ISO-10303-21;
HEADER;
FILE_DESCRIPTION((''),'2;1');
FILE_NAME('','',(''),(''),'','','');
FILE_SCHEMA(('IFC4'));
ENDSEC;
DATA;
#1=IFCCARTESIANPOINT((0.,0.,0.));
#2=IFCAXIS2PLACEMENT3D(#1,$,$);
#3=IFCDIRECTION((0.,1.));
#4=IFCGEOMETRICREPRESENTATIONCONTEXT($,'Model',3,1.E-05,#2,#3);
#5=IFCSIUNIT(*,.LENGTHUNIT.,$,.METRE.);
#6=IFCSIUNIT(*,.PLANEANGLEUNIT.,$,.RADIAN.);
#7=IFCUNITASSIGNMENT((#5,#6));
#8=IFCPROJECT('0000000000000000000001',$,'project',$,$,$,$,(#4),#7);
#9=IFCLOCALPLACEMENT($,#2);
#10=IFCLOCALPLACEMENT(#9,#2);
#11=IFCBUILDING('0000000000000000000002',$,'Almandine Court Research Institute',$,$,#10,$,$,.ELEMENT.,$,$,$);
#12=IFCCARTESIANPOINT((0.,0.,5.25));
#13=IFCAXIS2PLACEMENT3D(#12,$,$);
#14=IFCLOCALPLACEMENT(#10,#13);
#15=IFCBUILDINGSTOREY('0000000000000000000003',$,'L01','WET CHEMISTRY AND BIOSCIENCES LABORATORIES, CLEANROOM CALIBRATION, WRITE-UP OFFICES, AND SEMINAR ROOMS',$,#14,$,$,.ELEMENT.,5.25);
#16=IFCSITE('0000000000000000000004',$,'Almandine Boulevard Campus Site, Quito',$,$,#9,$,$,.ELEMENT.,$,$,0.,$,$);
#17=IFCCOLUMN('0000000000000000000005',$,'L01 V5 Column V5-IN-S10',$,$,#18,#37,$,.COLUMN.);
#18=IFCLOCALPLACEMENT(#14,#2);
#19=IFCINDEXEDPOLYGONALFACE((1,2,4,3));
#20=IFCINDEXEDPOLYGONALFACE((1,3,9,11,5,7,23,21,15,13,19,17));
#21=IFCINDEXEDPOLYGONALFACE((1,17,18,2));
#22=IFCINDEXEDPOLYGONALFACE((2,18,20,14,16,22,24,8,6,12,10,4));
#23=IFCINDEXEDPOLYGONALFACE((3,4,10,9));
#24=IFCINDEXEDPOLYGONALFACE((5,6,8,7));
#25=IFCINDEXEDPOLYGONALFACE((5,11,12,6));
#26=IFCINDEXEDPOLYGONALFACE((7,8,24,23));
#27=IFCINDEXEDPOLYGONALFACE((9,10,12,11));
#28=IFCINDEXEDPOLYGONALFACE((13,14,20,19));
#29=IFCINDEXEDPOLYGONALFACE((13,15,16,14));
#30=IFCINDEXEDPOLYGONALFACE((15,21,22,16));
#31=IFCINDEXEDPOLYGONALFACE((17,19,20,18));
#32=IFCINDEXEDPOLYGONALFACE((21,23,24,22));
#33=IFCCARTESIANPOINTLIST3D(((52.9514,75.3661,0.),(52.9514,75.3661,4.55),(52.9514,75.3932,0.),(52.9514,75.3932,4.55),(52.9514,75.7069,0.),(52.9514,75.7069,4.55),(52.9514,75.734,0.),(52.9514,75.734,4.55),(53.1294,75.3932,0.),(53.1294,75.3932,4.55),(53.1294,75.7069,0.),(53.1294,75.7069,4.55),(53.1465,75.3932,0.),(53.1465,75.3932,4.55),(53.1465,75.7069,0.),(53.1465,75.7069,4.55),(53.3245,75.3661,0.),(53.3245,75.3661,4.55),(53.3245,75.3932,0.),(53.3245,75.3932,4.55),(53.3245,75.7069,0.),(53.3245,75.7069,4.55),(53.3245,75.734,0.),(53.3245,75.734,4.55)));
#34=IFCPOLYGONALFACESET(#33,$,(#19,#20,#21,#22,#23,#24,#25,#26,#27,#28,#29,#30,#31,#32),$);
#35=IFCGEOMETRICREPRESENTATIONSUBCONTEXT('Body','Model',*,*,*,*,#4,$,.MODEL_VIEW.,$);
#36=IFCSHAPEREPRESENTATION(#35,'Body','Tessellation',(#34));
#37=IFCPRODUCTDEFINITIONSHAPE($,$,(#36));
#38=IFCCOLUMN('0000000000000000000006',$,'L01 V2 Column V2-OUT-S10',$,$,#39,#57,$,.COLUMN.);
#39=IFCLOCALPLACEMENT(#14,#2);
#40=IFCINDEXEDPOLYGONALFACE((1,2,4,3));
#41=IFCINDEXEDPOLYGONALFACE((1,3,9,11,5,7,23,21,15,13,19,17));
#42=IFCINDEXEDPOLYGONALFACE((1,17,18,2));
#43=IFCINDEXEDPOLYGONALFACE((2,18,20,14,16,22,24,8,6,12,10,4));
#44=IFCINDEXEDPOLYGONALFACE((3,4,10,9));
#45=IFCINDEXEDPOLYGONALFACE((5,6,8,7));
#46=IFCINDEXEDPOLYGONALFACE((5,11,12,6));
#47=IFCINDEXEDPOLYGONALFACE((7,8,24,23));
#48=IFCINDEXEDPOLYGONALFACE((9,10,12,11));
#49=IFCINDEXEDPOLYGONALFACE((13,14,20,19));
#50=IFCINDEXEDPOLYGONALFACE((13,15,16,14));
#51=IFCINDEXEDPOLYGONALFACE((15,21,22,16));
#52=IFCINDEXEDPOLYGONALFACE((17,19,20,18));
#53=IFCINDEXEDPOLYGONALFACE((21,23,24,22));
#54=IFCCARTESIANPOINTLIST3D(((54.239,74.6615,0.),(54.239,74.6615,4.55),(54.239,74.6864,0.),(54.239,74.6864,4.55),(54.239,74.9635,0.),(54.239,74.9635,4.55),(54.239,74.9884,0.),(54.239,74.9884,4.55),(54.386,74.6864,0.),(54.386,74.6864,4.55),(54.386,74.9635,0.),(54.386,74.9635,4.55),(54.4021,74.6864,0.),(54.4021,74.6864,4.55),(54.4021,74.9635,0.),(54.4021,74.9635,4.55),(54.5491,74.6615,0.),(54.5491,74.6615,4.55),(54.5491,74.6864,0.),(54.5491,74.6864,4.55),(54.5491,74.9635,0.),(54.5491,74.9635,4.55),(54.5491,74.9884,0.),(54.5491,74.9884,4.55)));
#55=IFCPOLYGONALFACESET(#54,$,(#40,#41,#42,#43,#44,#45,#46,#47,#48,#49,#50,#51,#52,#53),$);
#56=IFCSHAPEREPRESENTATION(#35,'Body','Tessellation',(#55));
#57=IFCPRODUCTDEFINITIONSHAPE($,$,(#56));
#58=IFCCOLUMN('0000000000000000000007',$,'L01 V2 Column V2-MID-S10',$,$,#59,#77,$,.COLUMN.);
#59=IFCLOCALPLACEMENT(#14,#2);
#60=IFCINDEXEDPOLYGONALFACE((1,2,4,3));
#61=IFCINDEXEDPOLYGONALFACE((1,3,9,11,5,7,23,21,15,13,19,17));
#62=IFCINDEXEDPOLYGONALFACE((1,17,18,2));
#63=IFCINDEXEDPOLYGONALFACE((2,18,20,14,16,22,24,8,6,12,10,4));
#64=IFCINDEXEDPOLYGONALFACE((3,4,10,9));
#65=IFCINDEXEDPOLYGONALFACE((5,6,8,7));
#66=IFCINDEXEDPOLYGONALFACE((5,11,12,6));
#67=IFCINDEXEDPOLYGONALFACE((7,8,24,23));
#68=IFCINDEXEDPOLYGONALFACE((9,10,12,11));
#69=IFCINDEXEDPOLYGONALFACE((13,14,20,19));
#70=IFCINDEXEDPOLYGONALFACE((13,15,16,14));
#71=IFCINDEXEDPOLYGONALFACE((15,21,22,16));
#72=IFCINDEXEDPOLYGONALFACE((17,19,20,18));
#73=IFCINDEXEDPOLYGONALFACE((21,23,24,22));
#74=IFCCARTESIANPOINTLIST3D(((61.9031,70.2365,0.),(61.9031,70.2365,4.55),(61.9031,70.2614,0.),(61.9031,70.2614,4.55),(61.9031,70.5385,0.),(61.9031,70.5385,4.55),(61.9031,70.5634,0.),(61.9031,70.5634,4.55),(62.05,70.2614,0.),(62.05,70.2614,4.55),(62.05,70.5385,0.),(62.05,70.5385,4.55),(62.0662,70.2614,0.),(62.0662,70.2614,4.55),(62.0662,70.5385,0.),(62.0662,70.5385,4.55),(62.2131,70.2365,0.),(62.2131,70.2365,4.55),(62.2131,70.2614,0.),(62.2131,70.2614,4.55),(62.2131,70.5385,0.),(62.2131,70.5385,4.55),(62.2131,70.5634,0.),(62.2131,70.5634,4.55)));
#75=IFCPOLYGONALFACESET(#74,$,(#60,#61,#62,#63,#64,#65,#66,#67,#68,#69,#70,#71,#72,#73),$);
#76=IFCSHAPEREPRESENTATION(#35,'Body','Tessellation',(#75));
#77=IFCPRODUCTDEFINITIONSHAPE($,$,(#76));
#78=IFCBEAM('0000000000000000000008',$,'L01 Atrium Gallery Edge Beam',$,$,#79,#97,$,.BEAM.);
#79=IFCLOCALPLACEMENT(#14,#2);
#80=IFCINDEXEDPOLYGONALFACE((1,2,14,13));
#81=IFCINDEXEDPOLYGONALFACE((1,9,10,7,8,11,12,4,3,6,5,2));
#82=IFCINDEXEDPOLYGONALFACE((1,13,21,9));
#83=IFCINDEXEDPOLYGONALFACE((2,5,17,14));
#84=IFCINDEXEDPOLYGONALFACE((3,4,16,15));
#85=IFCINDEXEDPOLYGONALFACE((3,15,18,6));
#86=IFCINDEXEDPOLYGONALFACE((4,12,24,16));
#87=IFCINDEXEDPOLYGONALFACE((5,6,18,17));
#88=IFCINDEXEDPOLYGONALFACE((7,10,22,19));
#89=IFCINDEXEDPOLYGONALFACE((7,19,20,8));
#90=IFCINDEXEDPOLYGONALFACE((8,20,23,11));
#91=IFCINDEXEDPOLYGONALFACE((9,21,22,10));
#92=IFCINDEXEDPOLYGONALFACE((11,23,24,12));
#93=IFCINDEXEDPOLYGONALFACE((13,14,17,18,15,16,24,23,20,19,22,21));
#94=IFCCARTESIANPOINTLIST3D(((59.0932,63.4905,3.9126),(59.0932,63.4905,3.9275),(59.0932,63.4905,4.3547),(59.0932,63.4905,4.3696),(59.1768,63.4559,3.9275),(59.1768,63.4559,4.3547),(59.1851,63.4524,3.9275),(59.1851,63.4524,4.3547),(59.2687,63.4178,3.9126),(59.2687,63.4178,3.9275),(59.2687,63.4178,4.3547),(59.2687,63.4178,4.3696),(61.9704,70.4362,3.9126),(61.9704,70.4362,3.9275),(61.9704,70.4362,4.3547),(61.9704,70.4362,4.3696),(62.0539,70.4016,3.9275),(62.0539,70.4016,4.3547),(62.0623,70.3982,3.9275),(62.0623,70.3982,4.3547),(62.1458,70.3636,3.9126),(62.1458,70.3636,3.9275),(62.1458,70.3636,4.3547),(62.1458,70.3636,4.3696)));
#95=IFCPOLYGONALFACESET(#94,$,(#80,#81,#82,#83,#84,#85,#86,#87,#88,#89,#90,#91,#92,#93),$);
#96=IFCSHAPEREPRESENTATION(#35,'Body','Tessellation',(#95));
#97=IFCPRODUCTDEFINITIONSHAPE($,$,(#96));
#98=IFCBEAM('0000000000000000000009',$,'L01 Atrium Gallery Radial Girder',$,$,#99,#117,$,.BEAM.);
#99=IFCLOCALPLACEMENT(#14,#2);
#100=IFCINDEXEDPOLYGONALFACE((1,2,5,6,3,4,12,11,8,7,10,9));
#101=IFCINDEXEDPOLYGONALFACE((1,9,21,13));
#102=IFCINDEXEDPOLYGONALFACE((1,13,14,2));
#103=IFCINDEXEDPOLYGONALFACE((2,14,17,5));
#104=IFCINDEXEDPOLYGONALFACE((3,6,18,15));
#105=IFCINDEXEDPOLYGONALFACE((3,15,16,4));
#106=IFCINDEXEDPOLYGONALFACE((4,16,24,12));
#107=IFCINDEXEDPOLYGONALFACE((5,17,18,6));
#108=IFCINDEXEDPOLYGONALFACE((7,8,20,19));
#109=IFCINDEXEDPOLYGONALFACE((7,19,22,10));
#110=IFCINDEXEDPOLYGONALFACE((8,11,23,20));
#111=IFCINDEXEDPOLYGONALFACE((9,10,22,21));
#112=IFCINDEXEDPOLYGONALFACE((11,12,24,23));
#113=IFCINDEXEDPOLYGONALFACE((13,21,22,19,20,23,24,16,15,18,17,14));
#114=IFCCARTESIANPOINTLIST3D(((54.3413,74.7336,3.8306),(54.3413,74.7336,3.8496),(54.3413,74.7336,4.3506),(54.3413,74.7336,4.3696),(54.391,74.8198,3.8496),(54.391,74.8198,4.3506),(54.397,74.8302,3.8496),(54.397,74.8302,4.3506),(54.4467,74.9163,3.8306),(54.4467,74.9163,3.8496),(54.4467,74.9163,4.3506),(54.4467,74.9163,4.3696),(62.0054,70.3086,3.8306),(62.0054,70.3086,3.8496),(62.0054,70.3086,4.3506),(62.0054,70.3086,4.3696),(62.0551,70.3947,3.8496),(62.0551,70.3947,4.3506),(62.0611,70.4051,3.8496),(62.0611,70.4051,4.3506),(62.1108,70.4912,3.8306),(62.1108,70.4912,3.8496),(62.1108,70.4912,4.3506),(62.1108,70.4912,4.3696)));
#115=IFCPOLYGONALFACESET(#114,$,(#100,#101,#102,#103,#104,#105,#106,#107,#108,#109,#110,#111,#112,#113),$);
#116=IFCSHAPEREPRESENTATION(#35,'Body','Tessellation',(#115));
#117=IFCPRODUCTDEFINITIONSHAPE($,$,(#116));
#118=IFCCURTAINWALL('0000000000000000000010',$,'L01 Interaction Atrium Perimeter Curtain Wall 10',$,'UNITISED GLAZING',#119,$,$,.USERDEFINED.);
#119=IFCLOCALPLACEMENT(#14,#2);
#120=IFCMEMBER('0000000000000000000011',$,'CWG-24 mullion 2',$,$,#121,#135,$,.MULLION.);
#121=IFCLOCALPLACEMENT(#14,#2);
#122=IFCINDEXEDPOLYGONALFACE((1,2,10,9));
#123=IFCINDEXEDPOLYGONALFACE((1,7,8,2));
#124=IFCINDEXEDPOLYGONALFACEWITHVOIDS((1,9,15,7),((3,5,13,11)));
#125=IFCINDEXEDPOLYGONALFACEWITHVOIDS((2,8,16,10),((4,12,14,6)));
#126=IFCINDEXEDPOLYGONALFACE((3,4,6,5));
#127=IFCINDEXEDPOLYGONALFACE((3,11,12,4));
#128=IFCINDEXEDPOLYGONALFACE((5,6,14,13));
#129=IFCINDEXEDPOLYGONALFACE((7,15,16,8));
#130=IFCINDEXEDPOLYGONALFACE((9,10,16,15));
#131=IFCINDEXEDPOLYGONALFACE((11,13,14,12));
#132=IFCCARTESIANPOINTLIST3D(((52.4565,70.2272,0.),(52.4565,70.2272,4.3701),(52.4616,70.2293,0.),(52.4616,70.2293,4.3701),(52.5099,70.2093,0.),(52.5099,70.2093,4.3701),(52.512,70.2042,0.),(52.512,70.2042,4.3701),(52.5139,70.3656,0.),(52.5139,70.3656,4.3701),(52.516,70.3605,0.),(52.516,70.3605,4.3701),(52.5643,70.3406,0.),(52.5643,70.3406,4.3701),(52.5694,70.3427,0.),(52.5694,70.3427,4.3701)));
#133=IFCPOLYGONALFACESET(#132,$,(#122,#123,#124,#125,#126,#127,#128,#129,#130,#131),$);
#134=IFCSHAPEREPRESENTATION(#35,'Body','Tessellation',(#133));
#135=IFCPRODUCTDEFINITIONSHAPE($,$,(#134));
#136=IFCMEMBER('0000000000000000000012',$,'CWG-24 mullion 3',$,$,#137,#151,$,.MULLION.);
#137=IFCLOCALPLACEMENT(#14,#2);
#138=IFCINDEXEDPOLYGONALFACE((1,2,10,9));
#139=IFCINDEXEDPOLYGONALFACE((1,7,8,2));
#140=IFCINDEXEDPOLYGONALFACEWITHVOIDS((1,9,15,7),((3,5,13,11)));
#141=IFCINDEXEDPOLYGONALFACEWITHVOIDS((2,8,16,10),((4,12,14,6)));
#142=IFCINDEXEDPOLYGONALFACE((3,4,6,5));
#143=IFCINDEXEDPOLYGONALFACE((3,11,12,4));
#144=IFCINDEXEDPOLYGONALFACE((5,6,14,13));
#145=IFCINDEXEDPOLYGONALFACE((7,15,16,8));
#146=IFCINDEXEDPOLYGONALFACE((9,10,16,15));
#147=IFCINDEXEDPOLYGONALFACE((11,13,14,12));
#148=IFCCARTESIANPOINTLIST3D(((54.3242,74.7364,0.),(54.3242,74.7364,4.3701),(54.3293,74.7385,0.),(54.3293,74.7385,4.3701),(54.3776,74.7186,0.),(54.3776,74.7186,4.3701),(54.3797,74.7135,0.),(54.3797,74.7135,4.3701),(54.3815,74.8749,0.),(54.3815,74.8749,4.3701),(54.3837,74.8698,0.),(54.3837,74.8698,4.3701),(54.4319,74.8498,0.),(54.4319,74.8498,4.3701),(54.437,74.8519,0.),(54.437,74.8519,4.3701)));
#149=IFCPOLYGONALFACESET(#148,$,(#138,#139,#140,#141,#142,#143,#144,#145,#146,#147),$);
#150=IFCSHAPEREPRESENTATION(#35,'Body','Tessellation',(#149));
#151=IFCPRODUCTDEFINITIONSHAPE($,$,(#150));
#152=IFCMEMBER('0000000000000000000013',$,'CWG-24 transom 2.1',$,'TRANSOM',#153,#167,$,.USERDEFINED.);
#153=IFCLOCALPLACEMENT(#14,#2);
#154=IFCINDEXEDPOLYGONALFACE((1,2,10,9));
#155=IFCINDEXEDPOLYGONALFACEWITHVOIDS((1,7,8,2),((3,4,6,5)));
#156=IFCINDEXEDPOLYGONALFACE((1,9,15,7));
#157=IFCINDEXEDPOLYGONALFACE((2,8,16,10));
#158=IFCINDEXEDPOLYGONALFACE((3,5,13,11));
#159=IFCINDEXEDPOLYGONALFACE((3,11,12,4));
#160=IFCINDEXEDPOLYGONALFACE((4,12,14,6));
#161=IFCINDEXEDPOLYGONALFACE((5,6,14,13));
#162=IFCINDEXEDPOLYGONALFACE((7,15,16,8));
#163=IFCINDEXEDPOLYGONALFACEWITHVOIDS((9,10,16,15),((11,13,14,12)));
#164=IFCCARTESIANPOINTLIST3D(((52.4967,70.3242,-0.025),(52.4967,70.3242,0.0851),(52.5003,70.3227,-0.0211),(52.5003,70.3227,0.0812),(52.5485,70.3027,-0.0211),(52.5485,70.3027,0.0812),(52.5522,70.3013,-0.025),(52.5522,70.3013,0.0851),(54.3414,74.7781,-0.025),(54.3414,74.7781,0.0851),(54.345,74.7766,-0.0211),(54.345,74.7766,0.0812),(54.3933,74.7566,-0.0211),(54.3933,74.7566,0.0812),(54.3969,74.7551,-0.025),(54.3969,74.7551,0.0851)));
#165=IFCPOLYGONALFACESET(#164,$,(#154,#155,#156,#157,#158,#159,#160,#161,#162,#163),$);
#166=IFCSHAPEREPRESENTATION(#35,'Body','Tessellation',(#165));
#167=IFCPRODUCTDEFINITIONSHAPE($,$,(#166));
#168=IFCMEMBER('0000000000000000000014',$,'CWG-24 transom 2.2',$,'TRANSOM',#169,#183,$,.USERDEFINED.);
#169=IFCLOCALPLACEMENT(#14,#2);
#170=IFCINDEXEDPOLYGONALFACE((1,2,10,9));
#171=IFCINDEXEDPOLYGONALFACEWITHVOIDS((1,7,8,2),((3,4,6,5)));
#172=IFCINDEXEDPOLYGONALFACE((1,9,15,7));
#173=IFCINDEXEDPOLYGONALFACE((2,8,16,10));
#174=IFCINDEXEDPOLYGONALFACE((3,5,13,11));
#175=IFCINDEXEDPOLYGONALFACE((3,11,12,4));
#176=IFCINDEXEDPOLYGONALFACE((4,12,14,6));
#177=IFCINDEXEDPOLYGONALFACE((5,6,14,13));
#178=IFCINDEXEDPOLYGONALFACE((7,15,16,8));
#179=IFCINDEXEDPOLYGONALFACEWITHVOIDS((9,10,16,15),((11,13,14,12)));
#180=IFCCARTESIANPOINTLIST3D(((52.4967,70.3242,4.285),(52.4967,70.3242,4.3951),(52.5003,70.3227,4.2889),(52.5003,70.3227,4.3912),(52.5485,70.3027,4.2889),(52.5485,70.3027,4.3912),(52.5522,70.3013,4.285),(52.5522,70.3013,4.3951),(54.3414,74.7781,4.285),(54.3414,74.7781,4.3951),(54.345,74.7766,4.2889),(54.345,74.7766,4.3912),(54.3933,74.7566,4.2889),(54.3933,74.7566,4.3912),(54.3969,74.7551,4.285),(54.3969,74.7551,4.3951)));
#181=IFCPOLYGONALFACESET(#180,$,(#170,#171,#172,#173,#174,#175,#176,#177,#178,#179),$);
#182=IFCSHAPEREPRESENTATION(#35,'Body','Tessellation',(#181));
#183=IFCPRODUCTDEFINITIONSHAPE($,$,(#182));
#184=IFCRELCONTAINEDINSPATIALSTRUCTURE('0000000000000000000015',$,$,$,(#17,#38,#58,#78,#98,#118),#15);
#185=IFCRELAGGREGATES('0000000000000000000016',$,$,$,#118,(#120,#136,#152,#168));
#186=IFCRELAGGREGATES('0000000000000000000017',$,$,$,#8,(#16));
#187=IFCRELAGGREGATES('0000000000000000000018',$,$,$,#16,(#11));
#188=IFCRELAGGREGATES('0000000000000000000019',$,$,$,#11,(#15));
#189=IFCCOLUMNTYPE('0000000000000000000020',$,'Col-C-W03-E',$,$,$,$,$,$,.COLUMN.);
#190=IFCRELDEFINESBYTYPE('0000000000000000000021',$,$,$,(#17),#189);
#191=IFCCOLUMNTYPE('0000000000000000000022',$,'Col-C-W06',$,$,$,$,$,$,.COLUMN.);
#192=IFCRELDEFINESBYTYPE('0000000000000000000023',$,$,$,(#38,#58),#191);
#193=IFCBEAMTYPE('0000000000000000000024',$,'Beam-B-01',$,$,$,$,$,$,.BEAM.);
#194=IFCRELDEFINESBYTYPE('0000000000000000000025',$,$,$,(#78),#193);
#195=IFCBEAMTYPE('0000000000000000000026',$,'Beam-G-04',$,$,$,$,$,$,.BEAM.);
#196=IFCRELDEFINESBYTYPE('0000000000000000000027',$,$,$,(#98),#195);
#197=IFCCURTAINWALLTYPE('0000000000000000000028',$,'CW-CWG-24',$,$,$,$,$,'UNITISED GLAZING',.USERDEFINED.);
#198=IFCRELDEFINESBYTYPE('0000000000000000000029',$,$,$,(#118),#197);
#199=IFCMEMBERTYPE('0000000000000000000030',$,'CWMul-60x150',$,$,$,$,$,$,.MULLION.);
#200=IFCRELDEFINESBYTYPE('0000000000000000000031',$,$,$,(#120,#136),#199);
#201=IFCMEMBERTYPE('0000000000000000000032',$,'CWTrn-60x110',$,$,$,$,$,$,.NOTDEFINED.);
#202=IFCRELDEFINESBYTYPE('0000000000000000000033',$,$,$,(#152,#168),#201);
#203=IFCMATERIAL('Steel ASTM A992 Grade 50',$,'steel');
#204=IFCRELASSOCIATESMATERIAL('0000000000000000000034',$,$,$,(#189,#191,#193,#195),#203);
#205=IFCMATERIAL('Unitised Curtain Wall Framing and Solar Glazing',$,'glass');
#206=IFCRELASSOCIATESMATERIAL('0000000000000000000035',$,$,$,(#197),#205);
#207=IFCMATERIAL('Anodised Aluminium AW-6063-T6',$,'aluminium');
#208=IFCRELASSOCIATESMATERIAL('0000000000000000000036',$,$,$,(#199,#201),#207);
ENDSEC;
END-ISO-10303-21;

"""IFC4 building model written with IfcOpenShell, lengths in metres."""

from ifc_helpers import new_model, si_unit, direction, frame, origin, origin_2d, place, context, subcontext, project, spatial, hollow_rectangle, i_section, extrude, material, material_profile, profile_set, type_object, element, aggregate, save


model = new_model("IFC4")

# Units and contexts
model_context = context("Model", 3, precision=1e-05, world=origin(), true_north=direction((0.0, 1.0)))
body_context = subcontext(model_context, "Body", "Model", "MODEL_VIEW")
ifc_project = project(units=[si_unit("LENGTHUNIT", "METRE"), si_unit("PLANEANGLEUNIT", "RADIAN")], contexts=[model_context])

# Site, building, storey
site_placement = place(None, origin())
site = spatial("IfcSite", under=ifc_project, at=site_placement, Name="Almandine Boulevard Campus Site, Quito", CompositionType="ELEMENT", RefElevation=0.0)
building_placement = place(site_placement, origin())
building = spatial("IfcBuilding", under=site, at=building_placement, Name="Almandine Court Research Institute", CompositionType="ELEMENT")
storey_placement = place(building_placement, frame((0.0, 0.0, 5.25)))
storey = spatial("IfcBuildingStorey", under=building, at=storey_placement, Name="L01", Description="WET CHEMISTRY AND BIOSCIENCES LABORATORIES, CLEANROOM CALIBRATION, WRITE-UP OFFICES, AND SEMINAR ROOMS", CompositionType="ELEMENT", Elevation=5.25)

# Columns
ifc_material_1 = material(Name="Steel ASTM A992 Grade 50", Category="steel")
ifc_material_profile_1 = material_profile(ifc_material_1, i_section(OverallWidth=0.373, OverallDepth=0.3679, WebThickness=0.0171, FlangeThickness=0.0271, at=origin_2d()), Name="W360x179")
ifc_profile_set_1 = profile_set([ifc_material_profile_1], Name="Steel ASTM A992 Grade 50")
column_type_1 = type_object("IfcColumnType", Name="Col-C-W03-E", PredefinedType="COLUMN", material=ifc_profile_set_1)
column_placement = place(storey_placement, frame((53.1379, 75.55, 0.0), z_axis=(0.0, 0.0, 1.0), x_axis=(1.0, 0.0, 0.0)))
element("IfcColumn", 1, at=column_placement, inside=storey, type_object=column_type_1, Name="L01 V5 Column V5-IN-S10", PredefinedType="COLUMN", context=body_context, shape_type="SweptSolid", body=[
    extrude(i_section(OverallWidth=0.373, OverallDepth=0.3679, WebThickness=0.0171, FlangeThickness=0.0271, at=origin_2d()), origin(), (0.0, 0.0, 1.0), 4.55),
])
ifc_material_profile_2 = material_profile(ifc_material_1, i_section(OverallWidth=0.3101, OverallDepth=0.3269, WebThickness=0.0161, FlangeThickness=0.0249, at=origin_2d()), Name="W310x158")
ifc_profile_set_2 = profile_set([ifc_material_profile_2], Name="Steel ASTM A992 Grade 50")
column_type_2 = type_object("IfcColumnType", Name="Col-C-W06", PredefinedType="COLUMN", material=ifc_profile_set_2)
for number, where, z_axis, x_axis, name in (
    (2, (54.394, 74.825, 0.0), (0.0, 0.0, 1.0), (1.0, 0.0, 0.0), "L01 V2 Column V2-OUT-S10"),
    (3, (62.0581, 70.3999, 0.0), (0.0, 0.0, 1.0), (1.0, 0.0, 0.0), "L01 V2 Column V2-MID-S10"),
):
    element("IfcColumn", number, at=place(storey_placement, frame(where, z_axis=z_axis, x_axis=x_axis)), inside=storey, type_object=column_type_2, Name=name, PredefinedType="COLUMN", context=body_context, shape_type="SweptSolid", body=[
        extrude(i_section(OverallWidth=0.3101, OverallDepth=0.3269, WebThickness=0.0161, FlangeThickness=0.0249, at=origin_2d()), origin(), (0.0, 0.0, 1.0), 4.55),
    ])

# Beams
ifc_material_profile_3 = material_profile(ifc_material_1, i_section(OverallWidth=0.1899, OverallDepth=0.457, WebThickness=0.009, FlangeThickness=0.0149, at=origin_2d()), Name="W460x74")
ifc_profile_set_3 = profile_set([ifc_material_profile_3], Name="Steel ASTM A992 Grade 50")
beam_type_1 = type_object("IfcBeamType", Name="Beam-B-01", PredefinedType="BEAM", material=ifc_profile_set_3)
beam_1_placement = place(storey_placement, frame((62.0581, 70.3999, 4.1411), z_axis=(-0.382701, -0.923872, 0.0), x_axis=(0.923872, -0.382701, 0.0)))
element("IfcBeam", 4, at=beam_1_placement, inside=storey, type_object=beam_type_1, Name="L01 Atrium Gallery Edge Beam", PredefinedType="BEAM", context=body_context, shape_type="SweptSolid", body=[
    extrude(i_section(OverallWidth=0.1899, OverallDepth=0.457, WebThickness=0.009, FlangeThickness=0.0149, at=origin_2d()), origin(), (0.0, 0.0, 1.0), 7.5181),
])
ifc_material_profile_4 = material_profile(ifc_material_1, i_section(OverallWidth=0.2109, OverallDepth=0.5391, WebThickness=0.012, FlangeThickness=0.019, at=origin_2d()), Name="W530x109")
ifc_profile_set_4 = profile_set([ifc_material_profile_4], Name="Steel ASTM A992 Grade 50")
beam_type_2 = type_object("IfcBeamType", Name="Beam-G-04", PredefinedType="BEAM", material=ifc_profile_set_4)
beam_2_placement = place(storey_placement, frame((62.0581, 70.3999, 4.1001), z_axis=(-0.866016, 0.500017, 0.0), x_axis=(-0.500017, -0.866016, 0.0)))
element("IfcBeam", 5, at=beam_2_placement, inside=storey, type_object=beam_type_2, Name="L01 Atrium Gallery Radial Girder", PredefinedType="BEAM", context=body_context, shape_type="SweptSolid", body=[
    extrude(i_section(OverallWidth=0.2109, OverallDepth=0.5391, WebThickness=0.012, FlangeThickness=0.019, at=origin_2d()), origin(), (0.0, 0.0, 1.0), 8.8499),
])

# Curtain wall, members
ifc_material_2 = material(Name="Unitised Curtain Wall Framing and Solar Glazing", Category="glass")
curtain_wall_type = type_object("IfcCurtainWallType", Name="CW-CWG-24", ElementType="UNITISED GLAZING", PredefinedType="USERDEFINED", material=ifc_material_2)
curtain_wall_placement = place(storey_placement, origin())
curtain_wall = element("IfcCurtainWall", 6, at=curtain_wall_placement, inside=storey, type_object=curtain_wall_type, Name="L01 Interaction Atrium Perimeter Curtain Wall 10", ObjectType="UNITISED GLAZING", PredefinedType="USERDEFINED")
ifc_material_3 = material(Name="Anodised Aluminium AW-6063-T6", Category="aluminium")
ifc_material_profile_5 = material_profile(ifc_material_3, hollow_rectangle(XDim=0.0601, YDim=0.1499, WallThickness=0.0039, at=origin_2d()), Name="ALU RHS 60x150x4")
ifc_profile_set_5 = profile_set([ifc_material_profile_5], Name="Anodised Aluminium AW-6063-T6")
member_type_1 = type_object("IfcMemberType", Name="CWMul-60x150", PredefinedType="MULLION", material=ifc_profile_set_5)
member_1_placement = place(storey_placement, frame((52.5129, 70.2849, 0.0), z_axis=(0.0, 0.0, 1.0), x_axis=(-0.9239, 0.382634, 0.0)))
member_1 = element("IfcMember", 7, at=member_1_placement, type_object=member_type_1, Name="CWG-24 mullion 2", PredefinedType="MULLION", context=body_context, shape_type="SweptSolid", body=[
    extrude(hollow_rectangle(XDim=0.0601, YDim=0.1499, WallThickness=0.0039, at=origin_2d()), origin(), (0.0, 0.0, 1.0), 4.3701),
])
member_2_placement = place(storey_placement, frame((54.3806, 74.7942, 0.0), z_axis=(0.0, 0.0, 1.0), x_axis=(-0.9239, 0.382634, 0.0)))
member_2 = element("IfcMember", 8, at=member_2_placement, type_object=member_type_1, Name="CWG-24 mullion 3", PredefinedType="MULLION", context=body_context, shape_type="SweptSolid", body=[
    extrude(hollow_rectangle(XDim=0.0601, YDim=0.1499, WallThickness=0.0039, at=origin_2d()), origin(), (0.0, 0.0, 1.0), 4.3701),
])
ifc_material_profile_6 = material_profile(ifc_material_3, hollow_rectangle(XDim=0.0601, YDim=0.1101, WallThickness=0.0039, at=origin_2d()), Name="ALU RHS 60x110x4")
ifc_profile_set_6 = profile_set([ifc_material_profile_6], Name="Anodised Aluminium AW-6063-T6")
member_type_2 = type_object("IfcMemberType", Name="CWTrn-60x110", PredefinedType="NOTDEFINED", material=ifc_profile_set_6)
member_3_placement = place(storey_placement, frame((52.5244, 70.3127, 0.03), z_axis=(0.382662, 0.923888, 0.0), x_axis=(-0.923888, 0.382662, 0.0)))
member_3 = element("IfcMember", 9, at=member_3_placement, type_object=member_type_2, Name="CWG-24 transom 2.1", ObjectType="TRANSOM", PredefinedType="USERDEFINED", context=body_context, shape_type="SweptSolid", body=[
    extrude(hollow_rectangle(XDim=0.0601, YDim=0.1101, WallThickness=0.0039, at=origin_2d()), origin(), (0.0, 0.0, 1.0), 4.8208),
])
member_4_placement = place(storey_placement, frame((52.5244, 70.3127, 4.3401), z_axis=(0.382662, 0.923888, 0.0), x_axis=(-0.923888, 0.382662, 0.0)))
member_4 = element("IfcMember", 10, at=member_4_placement, type_object=member_type_2, Name="CWG-24 transom 2.2", ObjectType="TRANSOM", PredefinedType="USERDEFINED", context=body_context, shape_type="SweptSolid", body=[
    extrude(hollow_rectangle(XDim=0.0601, YDim=0.1101, WallThickness=0.0039, at=origin_2d()), origin(), (0.0, 0.0, 1.0), 4.8208),
])
aggregate(curtain_wall, [member_1, member_2, member_3, member_4])

save(model, "model.ifc")
